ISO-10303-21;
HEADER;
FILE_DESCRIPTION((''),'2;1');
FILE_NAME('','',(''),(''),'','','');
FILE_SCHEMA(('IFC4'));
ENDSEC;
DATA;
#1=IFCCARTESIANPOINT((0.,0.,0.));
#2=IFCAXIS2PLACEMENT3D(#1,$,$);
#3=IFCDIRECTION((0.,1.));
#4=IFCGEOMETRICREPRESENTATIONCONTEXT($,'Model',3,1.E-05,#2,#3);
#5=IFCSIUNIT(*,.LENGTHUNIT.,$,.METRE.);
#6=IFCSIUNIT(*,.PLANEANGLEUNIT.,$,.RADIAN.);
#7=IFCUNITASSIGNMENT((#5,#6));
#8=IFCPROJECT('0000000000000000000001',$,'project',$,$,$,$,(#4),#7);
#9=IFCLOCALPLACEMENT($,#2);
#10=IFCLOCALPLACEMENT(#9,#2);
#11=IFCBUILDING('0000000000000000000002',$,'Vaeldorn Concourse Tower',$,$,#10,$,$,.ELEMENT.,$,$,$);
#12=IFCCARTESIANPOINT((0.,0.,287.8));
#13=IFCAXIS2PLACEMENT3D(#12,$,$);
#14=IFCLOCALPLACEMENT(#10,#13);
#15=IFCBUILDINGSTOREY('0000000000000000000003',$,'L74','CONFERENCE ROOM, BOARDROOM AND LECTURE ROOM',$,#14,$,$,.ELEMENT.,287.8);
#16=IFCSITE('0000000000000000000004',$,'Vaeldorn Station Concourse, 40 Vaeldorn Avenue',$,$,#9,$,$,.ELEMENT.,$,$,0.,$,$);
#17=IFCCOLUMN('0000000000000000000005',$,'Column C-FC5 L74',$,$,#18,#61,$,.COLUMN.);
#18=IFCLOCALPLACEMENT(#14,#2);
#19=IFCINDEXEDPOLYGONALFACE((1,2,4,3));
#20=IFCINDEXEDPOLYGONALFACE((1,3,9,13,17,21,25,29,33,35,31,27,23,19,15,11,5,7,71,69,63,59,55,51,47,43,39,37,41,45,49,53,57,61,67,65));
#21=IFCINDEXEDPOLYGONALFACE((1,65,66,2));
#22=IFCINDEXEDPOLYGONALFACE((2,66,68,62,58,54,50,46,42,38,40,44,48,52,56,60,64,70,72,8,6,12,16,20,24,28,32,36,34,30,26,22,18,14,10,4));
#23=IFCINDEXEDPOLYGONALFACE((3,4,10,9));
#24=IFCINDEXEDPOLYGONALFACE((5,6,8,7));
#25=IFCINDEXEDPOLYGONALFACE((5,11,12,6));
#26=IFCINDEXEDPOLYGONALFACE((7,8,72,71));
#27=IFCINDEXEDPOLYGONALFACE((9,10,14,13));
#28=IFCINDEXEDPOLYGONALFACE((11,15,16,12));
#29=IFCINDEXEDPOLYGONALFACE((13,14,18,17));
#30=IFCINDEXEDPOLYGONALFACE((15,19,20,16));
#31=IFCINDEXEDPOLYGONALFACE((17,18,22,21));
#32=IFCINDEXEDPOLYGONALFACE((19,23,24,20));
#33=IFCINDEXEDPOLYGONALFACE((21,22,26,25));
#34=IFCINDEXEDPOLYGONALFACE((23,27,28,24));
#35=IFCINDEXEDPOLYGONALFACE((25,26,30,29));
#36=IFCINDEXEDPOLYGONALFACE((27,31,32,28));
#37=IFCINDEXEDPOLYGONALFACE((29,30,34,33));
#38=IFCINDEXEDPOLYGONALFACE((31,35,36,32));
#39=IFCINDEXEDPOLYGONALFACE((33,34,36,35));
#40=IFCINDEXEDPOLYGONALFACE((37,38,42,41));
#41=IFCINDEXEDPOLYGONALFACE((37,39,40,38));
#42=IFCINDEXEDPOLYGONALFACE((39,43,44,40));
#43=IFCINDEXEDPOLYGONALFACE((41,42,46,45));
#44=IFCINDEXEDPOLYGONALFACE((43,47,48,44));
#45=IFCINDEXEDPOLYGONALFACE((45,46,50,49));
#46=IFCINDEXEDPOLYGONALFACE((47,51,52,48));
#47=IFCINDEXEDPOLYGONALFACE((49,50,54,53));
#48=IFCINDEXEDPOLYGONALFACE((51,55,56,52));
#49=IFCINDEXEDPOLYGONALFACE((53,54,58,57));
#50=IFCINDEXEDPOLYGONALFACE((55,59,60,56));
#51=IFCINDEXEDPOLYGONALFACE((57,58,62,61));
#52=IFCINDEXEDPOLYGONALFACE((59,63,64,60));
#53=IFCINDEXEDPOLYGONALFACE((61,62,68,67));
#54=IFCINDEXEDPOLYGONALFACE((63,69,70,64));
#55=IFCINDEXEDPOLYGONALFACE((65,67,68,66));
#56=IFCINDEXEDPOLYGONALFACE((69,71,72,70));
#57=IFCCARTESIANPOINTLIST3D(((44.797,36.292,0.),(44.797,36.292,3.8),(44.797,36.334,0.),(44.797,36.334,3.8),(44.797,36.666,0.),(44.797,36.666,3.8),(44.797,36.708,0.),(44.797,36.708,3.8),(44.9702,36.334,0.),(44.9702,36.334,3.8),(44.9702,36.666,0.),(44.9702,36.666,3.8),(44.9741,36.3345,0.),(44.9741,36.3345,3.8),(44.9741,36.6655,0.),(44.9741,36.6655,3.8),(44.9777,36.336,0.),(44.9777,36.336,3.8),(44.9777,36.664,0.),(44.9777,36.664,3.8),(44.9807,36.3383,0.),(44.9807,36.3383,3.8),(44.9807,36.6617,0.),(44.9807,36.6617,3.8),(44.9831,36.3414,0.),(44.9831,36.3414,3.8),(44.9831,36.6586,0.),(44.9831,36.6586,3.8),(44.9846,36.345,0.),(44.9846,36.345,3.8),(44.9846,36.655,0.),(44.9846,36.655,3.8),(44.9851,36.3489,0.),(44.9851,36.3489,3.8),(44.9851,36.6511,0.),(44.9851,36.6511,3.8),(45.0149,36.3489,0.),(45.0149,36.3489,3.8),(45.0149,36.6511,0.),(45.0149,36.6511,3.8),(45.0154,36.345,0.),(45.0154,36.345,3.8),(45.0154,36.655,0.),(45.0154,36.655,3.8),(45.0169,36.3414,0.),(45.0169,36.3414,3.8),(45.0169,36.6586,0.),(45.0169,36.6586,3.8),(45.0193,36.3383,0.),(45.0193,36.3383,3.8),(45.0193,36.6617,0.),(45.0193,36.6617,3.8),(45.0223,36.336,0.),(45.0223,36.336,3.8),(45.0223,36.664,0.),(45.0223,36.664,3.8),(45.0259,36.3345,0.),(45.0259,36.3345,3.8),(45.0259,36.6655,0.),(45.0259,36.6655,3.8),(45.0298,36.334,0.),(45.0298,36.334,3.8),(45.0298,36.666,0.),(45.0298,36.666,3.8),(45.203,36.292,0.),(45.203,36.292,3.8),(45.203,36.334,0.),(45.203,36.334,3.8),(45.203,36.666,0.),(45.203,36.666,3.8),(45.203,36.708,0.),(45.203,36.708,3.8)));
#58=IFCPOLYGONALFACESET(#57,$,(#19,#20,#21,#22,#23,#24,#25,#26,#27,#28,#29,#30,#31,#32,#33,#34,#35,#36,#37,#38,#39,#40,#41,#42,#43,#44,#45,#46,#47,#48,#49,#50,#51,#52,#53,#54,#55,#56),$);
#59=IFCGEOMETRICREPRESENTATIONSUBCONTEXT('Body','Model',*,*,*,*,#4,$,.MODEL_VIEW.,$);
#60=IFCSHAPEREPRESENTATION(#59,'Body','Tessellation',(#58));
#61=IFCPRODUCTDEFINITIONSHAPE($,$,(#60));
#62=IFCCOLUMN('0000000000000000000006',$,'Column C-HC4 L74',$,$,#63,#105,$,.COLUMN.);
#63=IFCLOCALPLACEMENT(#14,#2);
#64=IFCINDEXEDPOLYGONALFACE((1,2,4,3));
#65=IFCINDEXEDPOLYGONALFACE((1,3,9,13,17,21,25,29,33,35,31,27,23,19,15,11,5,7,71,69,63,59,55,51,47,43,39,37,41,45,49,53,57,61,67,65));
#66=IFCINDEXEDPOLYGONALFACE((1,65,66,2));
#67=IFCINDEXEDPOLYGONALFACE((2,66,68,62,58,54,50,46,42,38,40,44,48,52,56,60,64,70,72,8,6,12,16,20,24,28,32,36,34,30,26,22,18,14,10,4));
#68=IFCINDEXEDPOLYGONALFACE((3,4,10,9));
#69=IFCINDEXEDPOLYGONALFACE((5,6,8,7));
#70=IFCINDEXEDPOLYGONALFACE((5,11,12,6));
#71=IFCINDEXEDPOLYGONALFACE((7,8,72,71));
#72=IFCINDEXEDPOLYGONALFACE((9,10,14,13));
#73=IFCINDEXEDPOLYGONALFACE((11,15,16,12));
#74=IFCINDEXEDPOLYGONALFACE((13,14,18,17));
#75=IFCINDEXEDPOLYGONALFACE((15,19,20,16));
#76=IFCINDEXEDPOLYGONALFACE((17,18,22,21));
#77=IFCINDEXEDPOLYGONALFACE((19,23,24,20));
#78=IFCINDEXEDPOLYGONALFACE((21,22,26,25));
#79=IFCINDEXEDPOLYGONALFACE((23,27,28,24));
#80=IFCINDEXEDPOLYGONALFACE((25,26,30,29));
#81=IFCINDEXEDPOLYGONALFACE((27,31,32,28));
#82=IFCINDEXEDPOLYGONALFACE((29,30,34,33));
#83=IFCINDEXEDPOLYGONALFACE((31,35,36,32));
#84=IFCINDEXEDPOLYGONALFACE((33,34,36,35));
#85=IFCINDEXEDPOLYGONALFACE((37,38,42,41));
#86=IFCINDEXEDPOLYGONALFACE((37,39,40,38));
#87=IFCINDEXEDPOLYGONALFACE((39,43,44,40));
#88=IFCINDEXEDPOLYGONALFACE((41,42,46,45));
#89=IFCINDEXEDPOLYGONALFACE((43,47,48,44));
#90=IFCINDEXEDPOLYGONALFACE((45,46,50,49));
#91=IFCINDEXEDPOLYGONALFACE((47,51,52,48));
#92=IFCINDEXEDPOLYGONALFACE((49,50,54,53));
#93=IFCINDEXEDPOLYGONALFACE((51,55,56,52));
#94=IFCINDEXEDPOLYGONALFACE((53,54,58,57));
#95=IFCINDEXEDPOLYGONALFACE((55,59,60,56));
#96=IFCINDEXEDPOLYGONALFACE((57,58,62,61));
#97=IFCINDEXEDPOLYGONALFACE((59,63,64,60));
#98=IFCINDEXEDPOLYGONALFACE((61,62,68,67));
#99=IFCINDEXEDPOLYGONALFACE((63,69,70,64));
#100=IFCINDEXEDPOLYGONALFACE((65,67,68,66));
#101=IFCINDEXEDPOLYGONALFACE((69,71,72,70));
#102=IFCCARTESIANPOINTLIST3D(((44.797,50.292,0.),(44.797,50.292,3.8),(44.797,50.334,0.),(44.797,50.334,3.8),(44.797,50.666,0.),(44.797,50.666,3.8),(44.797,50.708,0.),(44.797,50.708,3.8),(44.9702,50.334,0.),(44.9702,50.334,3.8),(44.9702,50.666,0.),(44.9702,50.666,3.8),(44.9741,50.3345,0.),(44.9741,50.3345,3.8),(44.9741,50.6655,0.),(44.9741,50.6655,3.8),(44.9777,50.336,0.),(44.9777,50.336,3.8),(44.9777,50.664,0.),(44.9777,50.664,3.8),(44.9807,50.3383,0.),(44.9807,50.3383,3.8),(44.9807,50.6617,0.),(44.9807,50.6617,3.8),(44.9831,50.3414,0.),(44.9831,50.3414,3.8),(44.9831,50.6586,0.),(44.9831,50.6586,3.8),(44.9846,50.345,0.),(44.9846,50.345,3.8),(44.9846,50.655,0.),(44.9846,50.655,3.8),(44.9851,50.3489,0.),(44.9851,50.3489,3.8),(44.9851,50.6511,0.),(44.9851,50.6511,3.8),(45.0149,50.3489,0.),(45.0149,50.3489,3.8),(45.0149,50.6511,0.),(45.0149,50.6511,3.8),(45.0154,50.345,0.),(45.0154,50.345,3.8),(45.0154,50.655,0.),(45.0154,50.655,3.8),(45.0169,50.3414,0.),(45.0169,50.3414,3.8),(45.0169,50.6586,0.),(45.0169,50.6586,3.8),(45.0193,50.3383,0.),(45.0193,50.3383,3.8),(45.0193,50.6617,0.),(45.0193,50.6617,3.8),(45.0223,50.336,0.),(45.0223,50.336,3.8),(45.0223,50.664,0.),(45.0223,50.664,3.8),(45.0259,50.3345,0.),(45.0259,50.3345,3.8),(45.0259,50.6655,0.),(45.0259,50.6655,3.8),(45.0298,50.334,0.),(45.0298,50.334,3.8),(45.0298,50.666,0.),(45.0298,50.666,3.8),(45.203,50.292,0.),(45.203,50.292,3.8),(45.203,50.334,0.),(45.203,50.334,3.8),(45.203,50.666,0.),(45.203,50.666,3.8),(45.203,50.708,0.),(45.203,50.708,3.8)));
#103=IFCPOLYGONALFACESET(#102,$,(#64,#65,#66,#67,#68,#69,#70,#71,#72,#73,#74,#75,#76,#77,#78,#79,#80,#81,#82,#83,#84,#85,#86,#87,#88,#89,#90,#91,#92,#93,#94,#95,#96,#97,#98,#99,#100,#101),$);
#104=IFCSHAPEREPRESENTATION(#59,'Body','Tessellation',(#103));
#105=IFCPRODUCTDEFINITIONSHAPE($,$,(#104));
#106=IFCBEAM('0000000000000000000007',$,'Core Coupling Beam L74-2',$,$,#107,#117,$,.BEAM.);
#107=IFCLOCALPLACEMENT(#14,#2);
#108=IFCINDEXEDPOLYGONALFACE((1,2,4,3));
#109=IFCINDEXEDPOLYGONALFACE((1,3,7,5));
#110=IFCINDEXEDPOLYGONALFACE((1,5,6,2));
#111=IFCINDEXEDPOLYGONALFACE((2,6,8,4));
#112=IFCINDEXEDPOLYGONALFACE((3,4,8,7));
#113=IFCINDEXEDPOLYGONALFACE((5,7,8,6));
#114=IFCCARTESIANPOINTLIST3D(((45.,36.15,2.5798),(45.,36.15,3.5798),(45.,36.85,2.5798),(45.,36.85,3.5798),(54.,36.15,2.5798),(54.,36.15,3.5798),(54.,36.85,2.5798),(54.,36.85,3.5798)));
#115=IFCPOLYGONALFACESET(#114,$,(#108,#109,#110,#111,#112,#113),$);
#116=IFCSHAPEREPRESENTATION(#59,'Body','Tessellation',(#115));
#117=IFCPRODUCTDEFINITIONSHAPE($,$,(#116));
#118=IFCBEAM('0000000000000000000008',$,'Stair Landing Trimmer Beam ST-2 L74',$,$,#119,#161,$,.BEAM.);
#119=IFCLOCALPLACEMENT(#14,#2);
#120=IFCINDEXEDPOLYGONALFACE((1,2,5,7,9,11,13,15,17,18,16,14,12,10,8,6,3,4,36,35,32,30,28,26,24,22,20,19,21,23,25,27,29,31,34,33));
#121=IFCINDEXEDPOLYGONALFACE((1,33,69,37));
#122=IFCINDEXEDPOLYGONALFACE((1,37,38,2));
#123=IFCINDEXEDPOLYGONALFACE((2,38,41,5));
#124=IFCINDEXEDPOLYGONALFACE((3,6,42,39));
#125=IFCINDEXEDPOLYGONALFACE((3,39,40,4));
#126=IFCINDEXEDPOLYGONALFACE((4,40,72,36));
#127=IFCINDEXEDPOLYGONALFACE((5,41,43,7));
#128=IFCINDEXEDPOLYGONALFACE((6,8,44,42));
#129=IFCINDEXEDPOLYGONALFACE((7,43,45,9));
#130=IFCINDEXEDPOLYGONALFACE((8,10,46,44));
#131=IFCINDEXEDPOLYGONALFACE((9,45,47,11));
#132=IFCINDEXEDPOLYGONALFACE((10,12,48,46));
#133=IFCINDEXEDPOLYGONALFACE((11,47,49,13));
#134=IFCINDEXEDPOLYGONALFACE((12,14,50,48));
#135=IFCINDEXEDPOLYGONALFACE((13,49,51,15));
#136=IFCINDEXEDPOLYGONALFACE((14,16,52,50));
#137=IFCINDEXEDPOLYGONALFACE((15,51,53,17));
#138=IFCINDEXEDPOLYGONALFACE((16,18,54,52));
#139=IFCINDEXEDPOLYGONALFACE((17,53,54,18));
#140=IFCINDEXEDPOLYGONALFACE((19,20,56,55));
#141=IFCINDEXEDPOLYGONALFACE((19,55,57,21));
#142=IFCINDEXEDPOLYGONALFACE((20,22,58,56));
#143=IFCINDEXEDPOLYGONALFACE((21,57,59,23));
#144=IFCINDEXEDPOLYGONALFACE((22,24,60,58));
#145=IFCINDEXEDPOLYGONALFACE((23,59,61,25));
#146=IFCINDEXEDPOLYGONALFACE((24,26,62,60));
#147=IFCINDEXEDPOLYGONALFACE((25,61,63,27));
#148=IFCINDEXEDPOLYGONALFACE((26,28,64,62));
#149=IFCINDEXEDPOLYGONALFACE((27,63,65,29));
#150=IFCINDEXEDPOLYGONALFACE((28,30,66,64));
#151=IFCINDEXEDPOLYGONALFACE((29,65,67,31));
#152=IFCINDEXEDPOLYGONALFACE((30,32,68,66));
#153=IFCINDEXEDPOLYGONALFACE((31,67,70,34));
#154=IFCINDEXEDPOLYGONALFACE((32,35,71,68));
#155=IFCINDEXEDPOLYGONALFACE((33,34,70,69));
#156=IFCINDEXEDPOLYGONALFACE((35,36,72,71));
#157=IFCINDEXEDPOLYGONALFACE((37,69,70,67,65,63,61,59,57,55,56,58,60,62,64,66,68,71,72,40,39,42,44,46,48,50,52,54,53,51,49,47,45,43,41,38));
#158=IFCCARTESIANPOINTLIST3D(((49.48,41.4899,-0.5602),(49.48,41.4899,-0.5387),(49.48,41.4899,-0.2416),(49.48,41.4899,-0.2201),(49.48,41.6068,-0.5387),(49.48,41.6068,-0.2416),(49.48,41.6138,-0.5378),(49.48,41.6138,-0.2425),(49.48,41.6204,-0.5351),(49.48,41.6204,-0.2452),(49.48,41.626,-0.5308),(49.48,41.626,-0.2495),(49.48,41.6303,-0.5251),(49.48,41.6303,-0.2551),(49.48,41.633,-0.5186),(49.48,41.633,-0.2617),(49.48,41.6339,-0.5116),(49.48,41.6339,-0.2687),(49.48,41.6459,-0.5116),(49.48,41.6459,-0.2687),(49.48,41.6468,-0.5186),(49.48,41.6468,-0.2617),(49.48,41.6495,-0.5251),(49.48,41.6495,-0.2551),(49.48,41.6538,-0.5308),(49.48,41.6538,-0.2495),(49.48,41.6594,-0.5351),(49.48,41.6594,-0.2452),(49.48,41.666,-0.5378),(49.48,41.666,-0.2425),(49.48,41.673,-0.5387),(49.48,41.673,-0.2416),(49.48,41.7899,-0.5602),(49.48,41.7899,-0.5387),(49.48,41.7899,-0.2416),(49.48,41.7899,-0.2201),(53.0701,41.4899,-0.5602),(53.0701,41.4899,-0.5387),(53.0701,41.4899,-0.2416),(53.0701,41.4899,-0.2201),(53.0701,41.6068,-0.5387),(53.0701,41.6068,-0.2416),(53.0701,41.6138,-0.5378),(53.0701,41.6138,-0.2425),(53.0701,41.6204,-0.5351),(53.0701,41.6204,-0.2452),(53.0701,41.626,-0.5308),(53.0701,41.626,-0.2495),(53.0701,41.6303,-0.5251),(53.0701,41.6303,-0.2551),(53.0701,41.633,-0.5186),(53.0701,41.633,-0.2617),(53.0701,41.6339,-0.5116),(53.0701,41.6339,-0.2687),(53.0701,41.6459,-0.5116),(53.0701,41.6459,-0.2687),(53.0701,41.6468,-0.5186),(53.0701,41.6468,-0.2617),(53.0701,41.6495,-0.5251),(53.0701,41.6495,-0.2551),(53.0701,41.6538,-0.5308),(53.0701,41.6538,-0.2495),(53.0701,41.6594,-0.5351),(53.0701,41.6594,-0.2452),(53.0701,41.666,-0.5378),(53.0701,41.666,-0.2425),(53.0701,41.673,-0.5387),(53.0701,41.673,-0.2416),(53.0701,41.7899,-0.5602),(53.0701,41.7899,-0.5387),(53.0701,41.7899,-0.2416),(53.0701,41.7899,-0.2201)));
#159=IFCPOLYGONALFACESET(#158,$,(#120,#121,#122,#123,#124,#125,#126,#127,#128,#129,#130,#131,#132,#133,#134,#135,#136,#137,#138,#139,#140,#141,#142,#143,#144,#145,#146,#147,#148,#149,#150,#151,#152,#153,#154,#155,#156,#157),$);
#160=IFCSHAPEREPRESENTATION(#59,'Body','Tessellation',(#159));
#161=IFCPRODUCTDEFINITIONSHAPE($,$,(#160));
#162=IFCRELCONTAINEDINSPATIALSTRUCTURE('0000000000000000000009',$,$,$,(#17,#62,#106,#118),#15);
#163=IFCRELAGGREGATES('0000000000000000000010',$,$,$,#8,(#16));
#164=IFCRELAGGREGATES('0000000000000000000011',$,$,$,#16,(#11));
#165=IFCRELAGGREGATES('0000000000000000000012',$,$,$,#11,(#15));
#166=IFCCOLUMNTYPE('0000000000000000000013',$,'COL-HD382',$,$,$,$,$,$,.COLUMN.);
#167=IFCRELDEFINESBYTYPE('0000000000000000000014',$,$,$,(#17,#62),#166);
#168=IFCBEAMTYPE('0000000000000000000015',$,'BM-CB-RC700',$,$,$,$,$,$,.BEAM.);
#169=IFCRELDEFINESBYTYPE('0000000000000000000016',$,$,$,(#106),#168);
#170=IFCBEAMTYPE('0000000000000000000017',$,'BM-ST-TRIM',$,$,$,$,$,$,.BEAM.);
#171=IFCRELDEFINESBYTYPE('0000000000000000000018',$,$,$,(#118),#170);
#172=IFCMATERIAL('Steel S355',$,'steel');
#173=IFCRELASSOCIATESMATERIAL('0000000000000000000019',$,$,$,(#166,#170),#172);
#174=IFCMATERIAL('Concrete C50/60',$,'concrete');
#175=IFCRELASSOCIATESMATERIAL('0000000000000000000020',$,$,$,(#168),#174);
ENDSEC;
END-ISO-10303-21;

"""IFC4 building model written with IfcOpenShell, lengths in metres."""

from ifc_helpers import new_model, si_unit, direction, frame, origin, origin_2d, place, context, subcontext, project, spatial, rectangle, i_section, extrude, source, transform, mapped, material, material_profile, profile_set, type_object, element, save


model = new_model("IFC4")

# Units and contexts
model_context = context("Model", 3, precision=1e-05, world=origin(), true_north=direction((0.0, 1.0)))
body_context = subcontext(model_context, "Body", "Model", "MODEL_VIEW")
ifc_project = project(units=[si_unit("LENGTHUNIT", "METRE"), si_unit("PLANEANGLEUNIT", "RADIAN")], contexts=[model_context])

# Site, building, storey
site_placement = place(None, origin())
site = spatial("IfcSite", under=ifc_project, at=site_placement, Name="Vaeldorn Station Concourse, 40 Vaeldorn Avenue", CompositionType="ELEMENT", RefElevation=0.0)
building_placement = place(site_placement, origin())
building = spatial("IfcBuilding", under=site, at=building_placement, Name="Vaeldorn Concourse Tower", CompositionType="ELEMENT")
storey_placement = place(building_placement, frame((0.0, 0.0, 287.8)))
storey = spatial("IfcBuildingStorey", under=building, at=storey_placement, Name="L74", Description="CONFERENCE ROOM, BOARDROOM AND LECTURE ROOM", CompositionType="ELEMENT", Elevation=287.8)

# Columns
ifc_material_1 = material(Name="Steel S355", Category="steel")
ifc_material_profile_1 = material_profile(ifc_material_1, i_section(OverallWidth=0.406, OverallDepth=0.416, WebThickness=0.0298, FlangeThickness=0.042, FilletRadius=0.0149, at=origin_2d()), Name="HD 400x382")
ifc_profile_set_1 = profile_set([ifc_material_profile_1], Name="Steel S355")
column_type = type_object("IfcColumnType", Name="COL-HD382", PredefinedType="COLUMN", material=ifc_profile_set_1)
shared_shape_1 = source(origin(), body_context, "Body", "SweptSolid", [
    extrude(i_section(OverallWidth=0.406, OverallDepth=0.416, WebThickness=0.0298, FlangeThickness=0.042, FilletRadius=0.0149, at=origin_2d()), origin(), (0.0, 0.0, 1.0), 3.8),
])
for number, where, z_axis, x_axis, name in (
    (1, (45.0, 36.5, 0.0), (0.0, 0.0, 1.0), (1.0, 0.0, 0.0), "Column C-FC5 L74"),
    (2, (45.0, 50.5, 0.0), (0.0, 0.0, 1.0), (1.0, 0.0, 0.0), "Column C-HC4 L74"),
):
    element("IfcColumn", number, at=place(storey_placement, frame(where, z_axis=z_axis, x_axis=x_axis)), inside=storey, type_object=column_type, Name=name, PredefinedType="COLUMN", context=body_context, shape_type="MappedRepresentation", body=[
        mapped(shared_shape_1, transform((0.0, 0.0, 0.0), scale=1.0)),
    ])

# Beams
ifc_material_2 = material(Name="Concrete C50/60", Category="concrete")
ifc_material_profile_2 = material_profile(ifc_material_2, rectangle(XDim=0.7, YDim=1.0, at=origin_2d()), Name="RC 700x1000")
ifc_profile_set_2 = profile_set([ifc_material_profile_2], Name="Concrete C50/60")
beam_type_1 = type_object("IfcBeamType", Name="BM-CB-RC700", PredefinedType="BEAM", material=ifc_profile_set_2)
shared_shape_2 = source(origin(), body_context, "Body", "SweptSolid", [
    extrude(rectangle(XDim=0.7, YDim=1.0, at=origin_2d()), origin(), (0.0, 0.0, 1.0), 9.0),
])
beam_1_placement = place(storey_placement, frame((45.0, 36.5, 3.0798), z_axis=(1.0, 0.0, 0.0), x_axis=(0.0, 1.0, 0.0)))
element("IfcBeam", 3, at=beam_1_placement, inside=storey, type_object=beam_type_1, Name="Core Coupling Beam L74-2", PredefinedType="BEAM", context=body_context, shape_type="MappedRepresentation", body=[
    mapped(shared_shape_2, transform((0.0, 0.0, 0.0), scale=1.0)),
])
ifc_material_profile_3 = material_profile(ifc_material_1, i_section(OverallWidth=0.3, OverallDepth=0.3401, WebThickness=0.012, FlangeThickness=0.0215, FilletRadius=0.0271, at=origin_2d()), Name="HEB 340")
ifc_profile_set_3 = profile_set([ifc_material_profile_3], Name="Steel S355")
beam_type_2 = type_object("IfcBeamType", Name="BM-ST-TRIM", PredefinedType="BEAM", material=ifc_profile_set_3)
shared_shape_3 = source(origin(), body_context, "Body", "SweptSolid", [
    extrude(i_section(OverallWidth=0.3, OverallDepth=0.3401, WebThickness=0.012, FlangeThickness=0.0215, FilletRadius=0.0271, at=origin_2d()), origin(), (0.0, 0.0, 1.0), 3.5901),
])
beam_2_placement = place(storey_placement, frame((49.48, 41.6399, -0.3901), z_axis=(1.0, 0.0, 0.0), x_axis=(0.0, 1.0, 0.0)))
element("IfcBeam", 4, at=beam_2_placement, inside=storey, type_object=beam_type_2, Name="Stair Landing Trimmer Beam ST-2 L74", PredefinedType="BEAM", context=body_context, shape_type="MappedRepresentation", body=[
    mapped(shared_shape_3, transform((0.0, 0.0, 0.0), scale=1.0)),
])

save(model, "model.ifc")
